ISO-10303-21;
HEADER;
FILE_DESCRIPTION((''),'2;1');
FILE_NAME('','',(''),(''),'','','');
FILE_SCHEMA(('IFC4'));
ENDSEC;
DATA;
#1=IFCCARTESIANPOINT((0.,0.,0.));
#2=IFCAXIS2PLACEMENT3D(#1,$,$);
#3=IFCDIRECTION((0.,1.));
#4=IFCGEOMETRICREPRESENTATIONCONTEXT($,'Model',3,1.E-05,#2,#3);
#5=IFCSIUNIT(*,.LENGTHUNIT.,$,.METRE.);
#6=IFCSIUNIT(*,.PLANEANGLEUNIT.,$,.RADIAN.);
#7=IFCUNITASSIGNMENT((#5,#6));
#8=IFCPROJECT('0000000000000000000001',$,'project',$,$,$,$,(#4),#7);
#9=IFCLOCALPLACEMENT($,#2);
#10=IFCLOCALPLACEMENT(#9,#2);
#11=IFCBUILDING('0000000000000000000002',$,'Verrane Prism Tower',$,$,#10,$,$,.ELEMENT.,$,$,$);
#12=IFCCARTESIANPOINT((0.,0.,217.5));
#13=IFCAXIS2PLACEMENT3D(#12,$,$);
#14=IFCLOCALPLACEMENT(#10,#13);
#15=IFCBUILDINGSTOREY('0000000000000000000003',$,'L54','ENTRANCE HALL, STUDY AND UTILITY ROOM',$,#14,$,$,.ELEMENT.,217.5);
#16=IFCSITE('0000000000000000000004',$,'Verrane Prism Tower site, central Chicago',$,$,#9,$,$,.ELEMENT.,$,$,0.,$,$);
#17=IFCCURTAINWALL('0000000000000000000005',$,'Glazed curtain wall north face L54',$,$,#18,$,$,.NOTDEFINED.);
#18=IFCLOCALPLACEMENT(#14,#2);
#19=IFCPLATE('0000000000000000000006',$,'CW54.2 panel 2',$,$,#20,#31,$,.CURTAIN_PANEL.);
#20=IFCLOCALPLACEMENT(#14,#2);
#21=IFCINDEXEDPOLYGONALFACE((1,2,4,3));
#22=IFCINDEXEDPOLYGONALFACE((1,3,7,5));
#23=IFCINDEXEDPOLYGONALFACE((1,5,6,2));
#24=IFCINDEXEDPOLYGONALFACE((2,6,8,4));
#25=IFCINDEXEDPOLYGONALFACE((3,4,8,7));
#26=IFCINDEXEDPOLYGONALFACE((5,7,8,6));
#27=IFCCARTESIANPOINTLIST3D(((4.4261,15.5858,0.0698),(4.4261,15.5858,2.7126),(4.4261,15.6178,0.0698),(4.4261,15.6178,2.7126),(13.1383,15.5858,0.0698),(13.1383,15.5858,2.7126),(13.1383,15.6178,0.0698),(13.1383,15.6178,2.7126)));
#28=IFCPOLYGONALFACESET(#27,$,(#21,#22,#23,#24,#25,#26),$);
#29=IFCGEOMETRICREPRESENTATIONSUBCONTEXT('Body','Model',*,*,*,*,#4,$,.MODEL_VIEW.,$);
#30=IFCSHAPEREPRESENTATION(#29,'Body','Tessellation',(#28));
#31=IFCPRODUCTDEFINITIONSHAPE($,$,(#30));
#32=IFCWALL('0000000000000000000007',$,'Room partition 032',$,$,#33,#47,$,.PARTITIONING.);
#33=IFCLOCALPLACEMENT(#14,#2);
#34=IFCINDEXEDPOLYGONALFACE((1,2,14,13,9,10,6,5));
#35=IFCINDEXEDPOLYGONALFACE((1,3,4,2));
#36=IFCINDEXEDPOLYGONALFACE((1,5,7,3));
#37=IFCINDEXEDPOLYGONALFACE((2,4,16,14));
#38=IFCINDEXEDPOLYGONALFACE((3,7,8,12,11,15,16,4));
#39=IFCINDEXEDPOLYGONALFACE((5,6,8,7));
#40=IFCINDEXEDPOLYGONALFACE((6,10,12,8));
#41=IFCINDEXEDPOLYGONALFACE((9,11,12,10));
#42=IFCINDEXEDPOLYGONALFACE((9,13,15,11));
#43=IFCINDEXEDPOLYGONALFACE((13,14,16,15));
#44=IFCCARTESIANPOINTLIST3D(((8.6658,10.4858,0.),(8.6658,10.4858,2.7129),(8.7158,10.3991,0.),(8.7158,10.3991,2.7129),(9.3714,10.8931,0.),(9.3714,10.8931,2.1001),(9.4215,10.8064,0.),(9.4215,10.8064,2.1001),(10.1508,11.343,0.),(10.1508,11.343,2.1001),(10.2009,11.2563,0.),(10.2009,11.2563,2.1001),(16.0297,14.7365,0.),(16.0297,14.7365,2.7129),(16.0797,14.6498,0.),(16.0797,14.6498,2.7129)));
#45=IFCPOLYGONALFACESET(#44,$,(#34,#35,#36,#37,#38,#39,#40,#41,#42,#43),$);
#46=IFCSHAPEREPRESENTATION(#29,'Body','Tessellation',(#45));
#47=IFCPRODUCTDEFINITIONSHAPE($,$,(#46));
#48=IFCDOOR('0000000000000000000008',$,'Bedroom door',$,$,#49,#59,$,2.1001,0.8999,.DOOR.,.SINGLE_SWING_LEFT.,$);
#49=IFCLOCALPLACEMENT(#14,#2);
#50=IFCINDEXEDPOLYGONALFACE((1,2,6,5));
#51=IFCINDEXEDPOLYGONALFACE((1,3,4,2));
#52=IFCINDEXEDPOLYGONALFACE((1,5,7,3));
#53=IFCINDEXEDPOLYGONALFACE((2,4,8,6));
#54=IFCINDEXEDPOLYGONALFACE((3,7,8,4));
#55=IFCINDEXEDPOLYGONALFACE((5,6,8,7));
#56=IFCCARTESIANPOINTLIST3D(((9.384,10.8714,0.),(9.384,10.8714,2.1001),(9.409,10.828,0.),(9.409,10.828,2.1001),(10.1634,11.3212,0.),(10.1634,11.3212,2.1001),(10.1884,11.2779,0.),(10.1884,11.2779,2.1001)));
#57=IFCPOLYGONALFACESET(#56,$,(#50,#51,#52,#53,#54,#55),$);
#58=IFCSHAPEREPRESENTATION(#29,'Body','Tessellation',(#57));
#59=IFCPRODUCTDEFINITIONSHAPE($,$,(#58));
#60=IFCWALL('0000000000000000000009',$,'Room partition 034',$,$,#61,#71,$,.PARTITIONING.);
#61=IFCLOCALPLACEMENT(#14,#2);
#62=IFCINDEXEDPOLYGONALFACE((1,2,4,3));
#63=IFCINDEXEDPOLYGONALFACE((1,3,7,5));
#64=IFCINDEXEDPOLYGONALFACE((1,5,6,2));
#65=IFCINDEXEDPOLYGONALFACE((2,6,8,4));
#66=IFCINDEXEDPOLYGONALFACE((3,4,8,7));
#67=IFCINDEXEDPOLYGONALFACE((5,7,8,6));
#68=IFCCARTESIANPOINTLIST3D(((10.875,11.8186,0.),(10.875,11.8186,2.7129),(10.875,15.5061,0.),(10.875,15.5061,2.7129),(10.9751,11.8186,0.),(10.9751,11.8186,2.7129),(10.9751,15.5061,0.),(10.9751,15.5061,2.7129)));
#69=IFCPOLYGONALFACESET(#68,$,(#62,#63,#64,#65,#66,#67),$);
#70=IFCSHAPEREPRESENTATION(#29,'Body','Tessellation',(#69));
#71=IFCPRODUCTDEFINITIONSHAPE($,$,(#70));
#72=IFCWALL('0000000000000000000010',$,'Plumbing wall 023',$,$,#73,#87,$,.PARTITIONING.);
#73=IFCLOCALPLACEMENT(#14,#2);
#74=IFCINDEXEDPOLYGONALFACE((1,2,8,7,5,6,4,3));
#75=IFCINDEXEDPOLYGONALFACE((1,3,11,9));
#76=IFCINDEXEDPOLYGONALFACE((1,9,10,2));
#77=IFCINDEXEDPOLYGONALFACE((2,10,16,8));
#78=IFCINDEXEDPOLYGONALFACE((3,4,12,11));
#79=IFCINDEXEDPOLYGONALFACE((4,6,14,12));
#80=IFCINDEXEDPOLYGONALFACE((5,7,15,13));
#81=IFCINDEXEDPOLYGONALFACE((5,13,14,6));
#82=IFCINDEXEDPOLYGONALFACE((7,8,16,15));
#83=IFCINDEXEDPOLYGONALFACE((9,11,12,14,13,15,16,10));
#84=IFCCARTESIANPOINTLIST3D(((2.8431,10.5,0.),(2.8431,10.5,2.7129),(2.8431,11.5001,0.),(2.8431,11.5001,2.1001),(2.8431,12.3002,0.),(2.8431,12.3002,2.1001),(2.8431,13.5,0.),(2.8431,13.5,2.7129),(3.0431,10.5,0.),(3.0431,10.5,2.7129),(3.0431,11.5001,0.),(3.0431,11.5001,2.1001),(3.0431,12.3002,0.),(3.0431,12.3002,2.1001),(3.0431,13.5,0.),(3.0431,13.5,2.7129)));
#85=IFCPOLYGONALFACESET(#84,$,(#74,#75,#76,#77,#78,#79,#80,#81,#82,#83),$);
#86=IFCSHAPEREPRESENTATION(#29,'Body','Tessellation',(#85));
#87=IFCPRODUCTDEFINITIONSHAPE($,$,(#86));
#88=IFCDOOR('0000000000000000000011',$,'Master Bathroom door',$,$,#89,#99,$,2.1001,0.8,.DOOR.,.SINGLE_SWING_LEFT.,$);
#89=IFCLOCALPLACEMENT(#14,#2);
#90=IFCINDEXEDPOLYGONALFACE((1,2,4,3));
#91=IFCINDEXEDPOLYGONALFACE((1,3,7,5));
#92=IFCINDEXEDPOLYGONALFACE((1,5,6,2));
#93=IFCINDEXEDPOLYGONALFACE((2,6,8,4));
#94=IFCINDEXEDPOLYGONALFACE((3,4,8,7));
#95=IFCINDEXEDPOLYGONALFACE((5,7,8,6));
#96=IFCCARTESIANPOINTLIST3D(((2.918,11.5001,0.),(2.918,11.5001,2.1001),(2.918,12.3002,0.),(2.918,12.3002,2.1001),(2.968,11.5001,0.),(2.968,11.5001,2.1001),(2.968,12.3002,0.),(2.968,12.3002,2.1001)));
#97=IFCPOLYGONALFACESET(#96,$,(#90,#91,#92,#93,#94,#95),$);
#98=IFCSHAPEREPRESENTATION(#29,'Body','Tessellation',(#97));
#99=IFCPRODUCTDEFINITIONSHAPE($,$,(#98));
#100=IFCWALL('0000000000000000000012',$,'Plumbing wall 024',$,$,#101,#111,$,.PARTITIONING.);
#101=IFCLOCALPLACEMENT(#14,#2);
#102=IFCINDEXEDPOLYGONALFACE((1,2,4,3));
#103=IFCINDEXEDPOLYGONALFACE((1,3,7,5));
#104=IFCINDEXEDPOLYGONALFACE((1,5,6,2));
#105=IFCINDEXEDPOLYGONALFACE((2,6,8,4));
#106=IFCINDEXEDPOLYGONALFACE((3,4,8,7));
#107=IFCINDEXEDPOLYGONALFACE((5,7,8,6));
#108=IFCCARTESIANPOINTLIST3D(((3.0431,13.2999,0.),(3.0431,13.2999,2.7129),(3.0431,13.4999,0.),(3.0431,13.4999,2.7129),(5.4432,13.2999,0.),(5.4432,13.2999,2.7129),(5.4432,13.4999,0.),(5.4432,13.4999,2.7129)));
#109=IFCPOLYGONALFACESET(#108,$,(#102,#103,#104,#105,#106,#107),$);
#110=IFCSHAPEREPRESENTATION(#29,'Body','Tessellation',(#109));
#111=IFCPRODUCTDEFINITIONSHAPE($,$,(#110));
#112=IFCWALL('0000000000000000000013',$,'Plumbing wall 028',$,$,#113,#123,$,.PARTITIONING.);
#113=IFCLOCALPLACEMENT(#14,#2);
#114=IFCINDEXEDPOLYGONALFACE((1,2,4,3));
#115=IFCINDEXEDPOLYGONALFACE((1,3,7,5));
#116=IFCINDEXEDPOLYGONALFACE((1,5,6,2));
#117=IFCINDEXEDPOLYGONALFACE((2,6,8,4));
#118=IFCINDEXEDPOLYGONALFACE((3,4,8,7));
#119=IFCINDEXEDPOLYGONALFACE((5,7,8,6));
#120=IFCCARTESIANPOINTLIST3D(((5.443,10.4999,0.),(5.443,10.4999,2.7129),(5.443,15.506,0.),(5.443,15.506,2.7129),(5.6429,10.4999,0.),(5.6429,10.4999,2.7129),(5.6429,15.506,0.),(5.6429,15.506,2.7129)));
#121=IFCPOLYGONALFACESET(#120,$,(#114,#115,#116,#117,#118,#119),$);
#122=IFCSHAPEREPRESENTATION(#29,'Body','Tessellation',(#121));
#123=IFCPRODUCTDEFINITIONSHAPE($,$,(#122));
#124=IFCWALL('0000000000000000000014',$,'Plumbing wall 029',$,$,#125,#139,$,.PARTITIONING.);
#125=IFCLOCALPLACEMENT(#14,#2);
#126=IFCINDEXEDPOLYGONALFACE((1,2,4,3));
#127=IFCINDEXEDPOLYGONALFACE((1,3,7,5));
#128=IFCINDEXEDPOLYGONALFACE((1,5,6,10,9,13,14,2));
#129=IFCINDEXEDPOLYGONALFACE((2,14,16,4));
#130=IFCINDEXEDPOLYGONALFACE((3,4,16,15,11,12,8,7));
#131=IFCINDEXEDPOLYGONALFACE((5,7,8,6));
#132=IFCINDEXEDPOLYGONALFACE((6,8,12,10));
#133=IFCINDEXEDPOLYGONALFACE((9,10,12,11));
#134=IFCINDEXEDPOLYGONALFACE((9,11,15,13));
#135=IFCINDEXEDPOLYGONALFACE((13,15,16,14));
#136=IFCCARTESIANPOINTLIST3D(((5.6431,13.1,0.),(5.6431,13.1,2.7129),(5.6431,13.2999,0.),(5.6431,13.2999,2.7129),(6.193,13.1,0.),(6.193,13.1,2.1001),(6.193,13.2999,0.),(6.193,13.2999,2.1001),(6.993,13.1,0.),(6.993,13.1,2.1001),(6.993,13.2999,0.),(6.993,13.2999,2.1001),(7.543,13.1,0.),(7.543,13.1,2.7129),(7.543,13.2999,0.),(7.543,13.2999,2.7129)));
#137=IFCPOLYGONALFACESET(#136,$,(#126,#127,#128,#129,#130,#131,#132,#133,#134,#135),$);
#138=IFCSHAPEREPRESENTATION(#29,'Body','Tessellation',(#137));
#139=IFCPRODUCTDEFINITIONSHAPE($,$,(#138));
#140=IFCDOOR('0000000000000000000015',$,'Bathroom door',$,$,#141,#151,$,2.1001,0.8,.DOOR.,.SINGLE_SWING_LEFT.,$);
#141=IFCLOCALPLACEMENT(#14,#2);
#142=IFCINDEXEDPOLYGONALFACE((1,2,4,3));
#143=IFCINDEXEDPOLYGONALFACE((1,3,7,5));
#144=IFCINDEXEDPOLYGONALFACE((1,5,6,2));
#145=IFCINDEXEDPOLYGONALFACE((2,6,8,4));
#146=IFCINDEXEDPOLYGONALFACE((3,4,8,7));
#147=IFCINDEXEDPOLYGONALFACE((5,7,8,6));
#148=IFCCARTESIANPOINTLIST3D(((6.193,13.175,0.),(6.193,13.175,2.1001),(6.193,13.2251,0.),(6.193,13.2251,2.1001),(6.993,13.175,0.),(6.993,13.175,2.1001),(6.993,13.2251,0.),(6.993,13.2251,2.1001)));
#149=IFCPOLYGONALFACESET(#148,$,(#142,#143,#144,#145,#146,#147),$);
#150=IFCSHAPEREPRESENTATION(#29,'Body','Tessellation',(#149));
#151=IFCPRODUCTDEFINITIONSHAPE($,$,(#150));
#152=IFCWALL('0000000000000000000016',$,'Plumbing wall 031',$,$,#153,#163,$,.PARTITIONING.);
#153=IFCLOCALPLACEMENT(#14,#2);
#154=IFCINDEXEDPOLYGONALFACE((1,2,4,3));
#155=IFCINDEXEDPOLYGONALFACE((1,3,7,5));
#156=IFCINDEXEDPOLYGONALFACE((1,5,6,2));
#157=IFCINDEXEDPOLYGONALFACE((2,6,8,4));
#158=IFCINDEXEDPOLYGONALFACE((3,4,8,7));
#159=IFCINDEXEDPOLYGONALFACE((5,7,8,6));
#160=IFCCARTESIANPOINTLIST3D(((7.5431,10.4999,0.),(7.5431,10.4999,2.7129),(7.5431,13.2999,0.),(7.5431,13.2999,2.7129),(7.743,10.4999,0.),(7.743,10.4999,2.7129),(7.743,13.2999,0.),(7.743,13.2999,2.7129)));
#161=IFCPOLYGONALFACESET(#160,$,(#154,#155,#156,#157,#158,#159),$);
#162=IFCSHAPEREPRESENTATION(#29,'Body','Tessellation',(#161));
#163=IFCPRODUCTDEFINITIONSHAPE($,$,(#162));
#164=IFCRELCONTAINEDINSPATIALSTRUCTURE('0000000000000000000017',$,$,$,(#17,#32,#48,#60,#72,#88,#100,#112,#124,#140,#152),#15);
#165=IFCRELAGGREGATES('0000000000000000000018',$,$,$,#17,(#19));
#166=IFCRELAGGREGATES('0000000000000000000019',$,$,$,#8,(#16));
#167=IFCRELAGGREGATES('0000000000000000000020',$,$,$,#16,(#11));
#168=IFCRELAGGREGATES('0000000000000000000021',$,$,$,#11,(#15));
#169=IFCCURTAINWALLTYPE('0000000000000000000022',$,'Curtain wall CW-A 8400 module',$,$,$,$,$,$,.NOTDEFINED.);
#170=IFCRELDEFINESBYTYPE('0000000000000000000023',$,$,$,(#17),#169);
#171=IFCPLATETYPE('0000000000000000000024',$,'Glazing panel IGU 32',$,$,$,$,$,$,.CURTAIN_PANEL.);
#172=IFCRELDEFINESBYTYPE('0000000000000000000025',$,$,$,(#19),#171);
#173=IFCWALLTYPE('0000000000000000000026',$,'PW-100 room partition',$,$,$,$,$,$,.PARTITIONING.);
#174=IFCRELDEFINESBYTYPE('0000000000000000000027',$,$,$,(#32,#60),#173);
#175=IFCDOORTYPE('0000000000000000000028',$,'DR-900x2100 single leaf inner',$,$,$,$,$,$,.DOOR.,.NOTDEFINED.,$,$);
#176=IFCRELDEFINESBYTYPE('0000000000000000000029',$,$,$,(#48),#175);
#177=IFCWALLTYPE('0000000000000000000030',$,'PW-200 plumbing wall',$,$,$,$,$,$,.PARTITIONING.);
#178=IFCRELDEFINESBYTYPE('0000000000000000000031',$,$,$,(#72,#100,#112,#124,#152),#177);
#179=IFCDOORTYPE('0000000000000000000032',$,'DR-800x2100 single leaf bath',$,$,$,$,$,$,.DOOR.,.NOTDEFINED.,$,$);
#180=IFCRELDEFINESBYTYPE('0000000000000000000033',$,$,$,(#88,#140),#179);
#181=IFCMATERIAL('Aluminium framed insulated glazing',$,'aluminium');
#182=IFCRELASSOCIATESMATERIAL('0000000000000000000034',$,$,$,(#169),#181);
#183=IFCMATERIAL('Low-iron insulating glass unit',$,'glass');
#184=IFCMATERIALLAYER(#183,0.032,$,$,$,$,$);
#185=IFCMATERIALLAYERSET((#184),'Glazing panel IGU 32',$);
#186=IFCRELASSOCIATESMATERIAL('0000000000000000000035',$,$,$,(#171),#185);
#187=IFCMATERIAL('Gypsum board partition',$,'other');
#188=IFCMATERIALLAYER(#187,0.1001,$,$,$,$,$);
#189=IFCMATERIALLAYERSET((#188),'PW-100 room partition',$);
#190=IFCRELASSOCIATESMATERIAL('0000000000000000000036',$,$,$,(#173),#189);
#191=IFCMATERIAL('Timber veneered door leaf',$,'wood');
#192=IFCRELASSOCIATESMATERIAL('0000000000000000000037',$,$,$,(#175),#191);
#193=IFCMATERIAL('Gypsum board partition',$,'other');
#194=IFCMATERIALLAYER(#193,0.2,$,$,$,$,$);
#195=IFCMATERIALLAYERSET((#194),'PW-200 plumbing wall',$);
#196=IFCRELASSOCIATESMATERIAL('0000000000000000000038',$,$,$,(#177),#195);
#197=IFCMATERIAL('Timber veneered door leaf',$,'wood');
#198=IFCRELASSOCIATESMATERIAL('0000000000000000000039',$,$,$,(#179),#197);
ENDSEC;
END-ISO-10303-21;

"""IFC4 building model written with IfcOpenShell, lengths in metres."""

from ifc_helpers import new_model, si_unit, direction, frame, frame_2d, origin, origin_2d, place, context, subcontext, project, spatial, rectangle, extrude, material, layer, layer_set, type_object, element, fill, aggregate, save


model = new_model("IFC4")

# Units and contexts
model_context = context("Model", 3, precision=1e-05, world=origin(), true_north=direction((0.0, 1.0)))
body_context = subcontext(model_context, "Body", "Model", "MODEL_VIEW")
ifc_project = project(units=[si_unit("LENGTHUNIT", "METRE"), si_unit("PLANEANGLEUNIT", "RADIAN")], contexts=[model_context])

# Site, building, storey
site_placement = place(None, origin())
site = spatial("IfcSite", under=ifc_project, at=site_placement, Name="Verrane Prism Tower site, central Chicago", CompositionType="ELEMENT", RefElevation=0.0)
building_placement = place(site_placement, origin())
building = spatial("IfcBuilding", under=site, at=building_placement, Name="Verrane Prism Tower", CompositionType="ELEMENT")
storey_placement = place(building_placement, frame((0.0, 0.0, 217.5)))
storey = spatial("IfcBuildingStorey", under=building, at=storey_placement, Name="L54", Description="ENTRANCE HALL, STUDY AND UTILITY ROOM", CompositionType="ELEMENT", Elevation=217.5)

# Curtain wall
ifc_material_1 = material(Name="Aluminium framed insulated glazing", Category="aluminium")
curtain_wall_type = type_object("IfcCurtainWallType", Name="Curtain wall CW-A 8400 module", PredefinedType="NOTDEFINED", material=ifc_material_1)
curtain_wall_placement = place(storey_placement, origin())
curtain_wall = element("IfcCurtainWall", 1, at=curtain_wall_placement, inside=storey, type_object=curtain_wall_type, Name="Glazed curtain wall north face L54", PredefinedType="NOTDEFINED")

# Plate
ifc_material_2 = material(Name="Low-iron insulating glass unit", Category="glass")
ifc_layer_1 = layer(ifc_material_2, 0.032)
ifc_layer_set_1 = layer_set([ifc_layer_1], Name="Glazing panel IGU 32")
plate_type = type_object("IfcPlateType", Name="Glazing panel IGU 32", PredefinedType="CURTAIN_PANEL", material=ifc_layer_set_1)
plate_placement = place(storey_placement, frame((8.7822, 15.6018, 0.0698), z_axis=(0.0, 0.0, 1.0), x_axis=(-1.0, 0.0, 0.0)))
plate = element("IfcPlate", 2, at=plate_placement, type_object=plate_type, Name="CW54.2 panel 2", PredefinedType="CURTAIN_PANEL", context=body_context, shape_type="SweptSolid", body=[
    extrude(rectangle(XDim=8.7122, YDim=0.032, at=origin_2d()), origin(), (0.0, 0.0, 1.0), 2.6428),
])
aggregate(curtain_wall, [plate])

# Wall, opening, door
ifc_material_3 = material(Name="Gypsum board partition", Category="other")
ifc_layer_2 = layer(ifc_material_3, 0.1001)
ifc_layer_set_2 = layer_set([ifc_layer_2], Name="PW-100 room partition")
wall_type_1 = type_object("IfcWallType", Name="PW-100 room partition", PredefinedType="PARTITIONING", material=ifc_layer_set_2)
wall_1_placement = place(storey_placement, frame((8.6907, 10.4424, 0.0), z_axis=(0.0, 0.0, 1.0), x_axis=(0.86607, 0.499922, 0.0)))
wall_1 = element("IfcWall", 3, at=wall_1_placement, inside=storey, type_object=wall_type_1, Name="Room partition 032", PredefinedType="PARTITIONING", context=body_context, shape_type="SweptSolid", body=[
    extrude(rectangle(XDim=8.5027, YDim=0.1001, at=frame_2d((4.2515, 0.0))), origin(), (0.0, 0.0, 1.0), 2.7129),
])
opening_1_placement = place(wall_1_placement, frame((0.8149, 0.0, 0.0)))
opening_1 = element("IfcOpeningElement", 4, at=opening_1_placement, cuts=wall_1, PredefinedType="OPENING", context=body_context, shape_type="SweptSolid", body=[
    extrude(rectangle(XDim=0.8999, YDim=2.1001, at=frame_2d((0.45, 1.05))), frame((0.0, 0.0601, 0.0), z_axis=(0.0, -1.0, 0.0), x_axis=(1.0, 0.0, 0.0)), (0.0, 0.0, 1.0), 0.1201),
])
ifc_material_4 = material(Name="Timber veneered door leaf", Category="wood")
door_type_1 = type_object("IfcDoorType", Name="DR-900x2100 single leaf inner", OperationType="NOTDEFINED", PredefinedType="DOOR", material=ifc_material_4)
door_1_placement = place(opening_1_placement, origin())
door_1 = element("IfcDoor", 5, at=door_1_placement, inside=storey, type_object=door_type_1, Name="Bedroom door", OperationType="SINGLE_SWING_LEFT", OverallHeight=2.1001, OverallWidth=0.8999, PredefinedType="DOOR", context=body_context, shape_type="SweptSolid", body=[
    extrude(rectangle(XDim=0.8999, YDim=2.1001, at=frame_2d((0.45, 1.05))), frame((0.0, 0.0249, 0.0), z_axis=(0.0, -1.0, 0.0), x_axis=(1.0, 0.0, 0.0)), (0.0, 0.0, 1.0), 0.05),
])
fill(opening_1, door_1)

# Wall
wall_2_placement = place(storey_placement, frame((10.925, 11.8186, 0.0), z_axis=(0.0, 0.0, 1.0), x_axis=(0.0, 1.0, 0.0)))
element("IfcWall", 6, at=wall_2_placement, inside=storey, type_object=wall_type_1, Name="Room partition 034", PredefinedType="PARTITIONING", context=body_context, shape_type="SweptSolid", body=[
    extrude(rectangle(XDim=3.6875, YDim=0.1001, at=frame_2d((1.8438, 0.0))), origin(), (0.0, 0.0, 1.0), 2.7129),
])

# Wall, opening, door
ifc_material_5 = material(Name="Gypsum board partition", Category="other")
ifc_layer_3 = layer(ifc_material_5, 0.2)
ifc_layer_set_3 = layer_set([ifc_layer_3], Name="PW-200 plumbing wall")
wall_type_2 = type_object("IfcWallType", Name="PW-200 plumbing wall", PredefinedType="PARTITIONING", material=ifc_layer_set_3)
wall_3_placement = place(storey_placement, frame((2.9431, 13.5, 0.0), z_axis=(0.0, 0.0, 1.0), x_axis=(0.0, -1.0, 0.0)))
wall_3 = element("IfcWall", 7, at=wall_3_placement, inside=storey, type_object=wall_type_2, Name="Plumbing wall 023", PredefinedType="PARTITIONING", context=body_context, shape_type="SweptSolid", body=[
    extrude(rectangle(XDim=3.0, YDim=0.2, at=frame_2d((1.5, 0.0))), origin(), (0.0, 0.0, 1.0), 2.7129),
])
opening_2_placement = place(wall_3_placement, frame((1.2, 0.0, 0.0)))
opening_2 = element("IfcOpeningElement", 8, at=opening_2_placement, cuts=wall_3, PredefinedType="OPENING", context=body_context, shape_type="SweptSolid", body=[
    extrude(rectangle(XDim=0.8, YDim=2.1001, at=frame_2d((0.3999, 1.05))), frame((0.0, 0.1099, 0.0), z_axis=(0.0, -1.0, 0.0), x_axis=(1.0, 0.0, 0.0)), (0.0, 0.0, 1.0), 0.22),
])
ifc_material_6 = material(Name="Timber veneered door leaf", Category="wood")
door_type_2 = type_object("IfcDoorType", Name="DR-800x2100 single leaf bath", OperationType="NOTDEFINED", PredefinedType="DOOR", material=ifc_material_6)
door_2_placement = place(opening_2_placement, origin())
door_2 = element("IfcDoor", 9, at=door_2_placement, inside=storey, type_object=door_type_2, Name="Master Bathroom door", OperationType="SINGLE_SWING_LEFT", OverallHeight=2.1001, OverallWidth=0.8, PredefinedType="DOOR", context=body_context, shape_type="SweptSolid", body=[
    extrude(rectangle(XDim=0.8, YDim=2.1001, at=frame_2d((0.3999, 1.05))), frame((0.0, 0.0249, 0.0), z_axis=(0.0, -1.0, 0.0), x_axis=(1.0, 0.0, 0.0)), (0.0, 0.0, 1.0), 0.05),
])
fill(opening_2, door_2)

# Walls
wall_4_placement = place(storey_placement, frame((3.043, 13.3999, 0.0), z_axis=(0.0, 0.0, 1.0), x_axis=(1.0, 0.0, 0.0)))
element("IfcWall", 10, at=wall_4_placement, inside=storey, type_object=wall_type_2, Name="Plumbing wall 024", PredefinedType="PARTITIONING", context=body_context, shape_type="SweptSolid", body=[
    extrude(rectangle(XDim=2.4001, YDim=0.2, at=frame_2d((1.2002, 0.0))), origin(), (0.0, 0.0, 1.0), 2.7129),
])
wall_5_placement = place(storey_placement, frame((5.543, 10.5, 0.0), z_axis=(0.0, 0.0, 1.0), x_axis=(0.0, 1.0, 0.0)))
element("IfcWall", 11, at=wall_5_placement, inside=storey, type_object=wall_type_2, Name="Plumbing wall 028", PredefinedType="PARTITIONING", context=body_context, shape_type="SweptSolid", body=[
    extrude(rectangle(XDim=5.0061, YDim=0.2, at=frame_2d((2.5029, 0.0))), origin(), (0.0, 0.0, 1.0), 2.7129),
])

# Wall, opening, door
wall_6_placement = place(storey_placement, frame((7.543, 13.2, 0.0), z_axis=(0.0, 0.0, 1.0), x_axis=(-1.0, 0.0, 0.0)))
wall_6 = element("IfcWall", 12, at=wall_6_placement, inside=storey, type_object=wall_type_2, Name="Plumbing wall 029", PredefinedType="PARTITIONING", context=body_context, shape_type="SweptSolid", body=[
    extrude(rectangle(XDim=1.8999, YDim=0.2, at=frame_2d((0.95, 0.0))), origin(), (0.0, 0.0, 1.0), 2.7129),
])
opening_3_placement = place(wall_6_placement, frame((0.55, 0.0, 0.0)))
opening_3 = element("IfcOpeningElement", 13, at=opening_3_placement, cuts=wall_6, PredefinedType="OPENING", context=body_context, shape_type="SweptSolid", body=[
    extrude(rectangle(XDim=0.8, YDim=2.1001, at=frame_2d((0.3999, 1.05))), frame((0.0, 0.1099, 0.0), z_axis=(0.0, -1.0, 0.0), x_axis=(1.0, 0.0, 0.0)), (0.0, 0.0, 1.0), 0.22),
])
door_3_placement = place(opening_3_placement, origin())
door_3 = element("IfcDoor", 14, at=door_3_placement, inside=storey, type_object=door_type_2, Name="Bathroom door", OperationType="SINGLE_SWING_LEFT", OverallHeight=2.1001, OverallWidth=0.8, PredefinedType="DOOR", context=body_context, shape_type="SweptSolid", body=[
    extrude(rectangle(XDim=0.8, YDim=2.1001, at=frame_2d((0.3999, 1.05))), frame((0.0, 0.0249, 0.0), z_axis=(0.0, -1.0, 0.0), x_axis=(1.0, 0.0, 0.0)), (0.0, 0.0, 1.0), 0.05),
])
fill(opening_3, door_3)

# Wall
wall_7_placement = place(storey_placement, frame((7.6431, 10.5, 0.0), z_axis=(0.0, 0.0, 1.0), x_axis=(0.0, 1.0, 0.0)))
element("IfcWall", 15, at=wall_7_placement, inside=storey, type_object=wall_type_2, Name="Plumbing wall 031", PredefinedType="PARTITIONING", context=body_context, shape_type="SweptSolid", body=[
    extrude(rectangle(XDim=2.8, YDim=0.2, at=frame_2d((1.3999, 0.0))), origin(), (0.0, 0.0, 1.0), 2.7129),
])

save(model, "model.ifc")
